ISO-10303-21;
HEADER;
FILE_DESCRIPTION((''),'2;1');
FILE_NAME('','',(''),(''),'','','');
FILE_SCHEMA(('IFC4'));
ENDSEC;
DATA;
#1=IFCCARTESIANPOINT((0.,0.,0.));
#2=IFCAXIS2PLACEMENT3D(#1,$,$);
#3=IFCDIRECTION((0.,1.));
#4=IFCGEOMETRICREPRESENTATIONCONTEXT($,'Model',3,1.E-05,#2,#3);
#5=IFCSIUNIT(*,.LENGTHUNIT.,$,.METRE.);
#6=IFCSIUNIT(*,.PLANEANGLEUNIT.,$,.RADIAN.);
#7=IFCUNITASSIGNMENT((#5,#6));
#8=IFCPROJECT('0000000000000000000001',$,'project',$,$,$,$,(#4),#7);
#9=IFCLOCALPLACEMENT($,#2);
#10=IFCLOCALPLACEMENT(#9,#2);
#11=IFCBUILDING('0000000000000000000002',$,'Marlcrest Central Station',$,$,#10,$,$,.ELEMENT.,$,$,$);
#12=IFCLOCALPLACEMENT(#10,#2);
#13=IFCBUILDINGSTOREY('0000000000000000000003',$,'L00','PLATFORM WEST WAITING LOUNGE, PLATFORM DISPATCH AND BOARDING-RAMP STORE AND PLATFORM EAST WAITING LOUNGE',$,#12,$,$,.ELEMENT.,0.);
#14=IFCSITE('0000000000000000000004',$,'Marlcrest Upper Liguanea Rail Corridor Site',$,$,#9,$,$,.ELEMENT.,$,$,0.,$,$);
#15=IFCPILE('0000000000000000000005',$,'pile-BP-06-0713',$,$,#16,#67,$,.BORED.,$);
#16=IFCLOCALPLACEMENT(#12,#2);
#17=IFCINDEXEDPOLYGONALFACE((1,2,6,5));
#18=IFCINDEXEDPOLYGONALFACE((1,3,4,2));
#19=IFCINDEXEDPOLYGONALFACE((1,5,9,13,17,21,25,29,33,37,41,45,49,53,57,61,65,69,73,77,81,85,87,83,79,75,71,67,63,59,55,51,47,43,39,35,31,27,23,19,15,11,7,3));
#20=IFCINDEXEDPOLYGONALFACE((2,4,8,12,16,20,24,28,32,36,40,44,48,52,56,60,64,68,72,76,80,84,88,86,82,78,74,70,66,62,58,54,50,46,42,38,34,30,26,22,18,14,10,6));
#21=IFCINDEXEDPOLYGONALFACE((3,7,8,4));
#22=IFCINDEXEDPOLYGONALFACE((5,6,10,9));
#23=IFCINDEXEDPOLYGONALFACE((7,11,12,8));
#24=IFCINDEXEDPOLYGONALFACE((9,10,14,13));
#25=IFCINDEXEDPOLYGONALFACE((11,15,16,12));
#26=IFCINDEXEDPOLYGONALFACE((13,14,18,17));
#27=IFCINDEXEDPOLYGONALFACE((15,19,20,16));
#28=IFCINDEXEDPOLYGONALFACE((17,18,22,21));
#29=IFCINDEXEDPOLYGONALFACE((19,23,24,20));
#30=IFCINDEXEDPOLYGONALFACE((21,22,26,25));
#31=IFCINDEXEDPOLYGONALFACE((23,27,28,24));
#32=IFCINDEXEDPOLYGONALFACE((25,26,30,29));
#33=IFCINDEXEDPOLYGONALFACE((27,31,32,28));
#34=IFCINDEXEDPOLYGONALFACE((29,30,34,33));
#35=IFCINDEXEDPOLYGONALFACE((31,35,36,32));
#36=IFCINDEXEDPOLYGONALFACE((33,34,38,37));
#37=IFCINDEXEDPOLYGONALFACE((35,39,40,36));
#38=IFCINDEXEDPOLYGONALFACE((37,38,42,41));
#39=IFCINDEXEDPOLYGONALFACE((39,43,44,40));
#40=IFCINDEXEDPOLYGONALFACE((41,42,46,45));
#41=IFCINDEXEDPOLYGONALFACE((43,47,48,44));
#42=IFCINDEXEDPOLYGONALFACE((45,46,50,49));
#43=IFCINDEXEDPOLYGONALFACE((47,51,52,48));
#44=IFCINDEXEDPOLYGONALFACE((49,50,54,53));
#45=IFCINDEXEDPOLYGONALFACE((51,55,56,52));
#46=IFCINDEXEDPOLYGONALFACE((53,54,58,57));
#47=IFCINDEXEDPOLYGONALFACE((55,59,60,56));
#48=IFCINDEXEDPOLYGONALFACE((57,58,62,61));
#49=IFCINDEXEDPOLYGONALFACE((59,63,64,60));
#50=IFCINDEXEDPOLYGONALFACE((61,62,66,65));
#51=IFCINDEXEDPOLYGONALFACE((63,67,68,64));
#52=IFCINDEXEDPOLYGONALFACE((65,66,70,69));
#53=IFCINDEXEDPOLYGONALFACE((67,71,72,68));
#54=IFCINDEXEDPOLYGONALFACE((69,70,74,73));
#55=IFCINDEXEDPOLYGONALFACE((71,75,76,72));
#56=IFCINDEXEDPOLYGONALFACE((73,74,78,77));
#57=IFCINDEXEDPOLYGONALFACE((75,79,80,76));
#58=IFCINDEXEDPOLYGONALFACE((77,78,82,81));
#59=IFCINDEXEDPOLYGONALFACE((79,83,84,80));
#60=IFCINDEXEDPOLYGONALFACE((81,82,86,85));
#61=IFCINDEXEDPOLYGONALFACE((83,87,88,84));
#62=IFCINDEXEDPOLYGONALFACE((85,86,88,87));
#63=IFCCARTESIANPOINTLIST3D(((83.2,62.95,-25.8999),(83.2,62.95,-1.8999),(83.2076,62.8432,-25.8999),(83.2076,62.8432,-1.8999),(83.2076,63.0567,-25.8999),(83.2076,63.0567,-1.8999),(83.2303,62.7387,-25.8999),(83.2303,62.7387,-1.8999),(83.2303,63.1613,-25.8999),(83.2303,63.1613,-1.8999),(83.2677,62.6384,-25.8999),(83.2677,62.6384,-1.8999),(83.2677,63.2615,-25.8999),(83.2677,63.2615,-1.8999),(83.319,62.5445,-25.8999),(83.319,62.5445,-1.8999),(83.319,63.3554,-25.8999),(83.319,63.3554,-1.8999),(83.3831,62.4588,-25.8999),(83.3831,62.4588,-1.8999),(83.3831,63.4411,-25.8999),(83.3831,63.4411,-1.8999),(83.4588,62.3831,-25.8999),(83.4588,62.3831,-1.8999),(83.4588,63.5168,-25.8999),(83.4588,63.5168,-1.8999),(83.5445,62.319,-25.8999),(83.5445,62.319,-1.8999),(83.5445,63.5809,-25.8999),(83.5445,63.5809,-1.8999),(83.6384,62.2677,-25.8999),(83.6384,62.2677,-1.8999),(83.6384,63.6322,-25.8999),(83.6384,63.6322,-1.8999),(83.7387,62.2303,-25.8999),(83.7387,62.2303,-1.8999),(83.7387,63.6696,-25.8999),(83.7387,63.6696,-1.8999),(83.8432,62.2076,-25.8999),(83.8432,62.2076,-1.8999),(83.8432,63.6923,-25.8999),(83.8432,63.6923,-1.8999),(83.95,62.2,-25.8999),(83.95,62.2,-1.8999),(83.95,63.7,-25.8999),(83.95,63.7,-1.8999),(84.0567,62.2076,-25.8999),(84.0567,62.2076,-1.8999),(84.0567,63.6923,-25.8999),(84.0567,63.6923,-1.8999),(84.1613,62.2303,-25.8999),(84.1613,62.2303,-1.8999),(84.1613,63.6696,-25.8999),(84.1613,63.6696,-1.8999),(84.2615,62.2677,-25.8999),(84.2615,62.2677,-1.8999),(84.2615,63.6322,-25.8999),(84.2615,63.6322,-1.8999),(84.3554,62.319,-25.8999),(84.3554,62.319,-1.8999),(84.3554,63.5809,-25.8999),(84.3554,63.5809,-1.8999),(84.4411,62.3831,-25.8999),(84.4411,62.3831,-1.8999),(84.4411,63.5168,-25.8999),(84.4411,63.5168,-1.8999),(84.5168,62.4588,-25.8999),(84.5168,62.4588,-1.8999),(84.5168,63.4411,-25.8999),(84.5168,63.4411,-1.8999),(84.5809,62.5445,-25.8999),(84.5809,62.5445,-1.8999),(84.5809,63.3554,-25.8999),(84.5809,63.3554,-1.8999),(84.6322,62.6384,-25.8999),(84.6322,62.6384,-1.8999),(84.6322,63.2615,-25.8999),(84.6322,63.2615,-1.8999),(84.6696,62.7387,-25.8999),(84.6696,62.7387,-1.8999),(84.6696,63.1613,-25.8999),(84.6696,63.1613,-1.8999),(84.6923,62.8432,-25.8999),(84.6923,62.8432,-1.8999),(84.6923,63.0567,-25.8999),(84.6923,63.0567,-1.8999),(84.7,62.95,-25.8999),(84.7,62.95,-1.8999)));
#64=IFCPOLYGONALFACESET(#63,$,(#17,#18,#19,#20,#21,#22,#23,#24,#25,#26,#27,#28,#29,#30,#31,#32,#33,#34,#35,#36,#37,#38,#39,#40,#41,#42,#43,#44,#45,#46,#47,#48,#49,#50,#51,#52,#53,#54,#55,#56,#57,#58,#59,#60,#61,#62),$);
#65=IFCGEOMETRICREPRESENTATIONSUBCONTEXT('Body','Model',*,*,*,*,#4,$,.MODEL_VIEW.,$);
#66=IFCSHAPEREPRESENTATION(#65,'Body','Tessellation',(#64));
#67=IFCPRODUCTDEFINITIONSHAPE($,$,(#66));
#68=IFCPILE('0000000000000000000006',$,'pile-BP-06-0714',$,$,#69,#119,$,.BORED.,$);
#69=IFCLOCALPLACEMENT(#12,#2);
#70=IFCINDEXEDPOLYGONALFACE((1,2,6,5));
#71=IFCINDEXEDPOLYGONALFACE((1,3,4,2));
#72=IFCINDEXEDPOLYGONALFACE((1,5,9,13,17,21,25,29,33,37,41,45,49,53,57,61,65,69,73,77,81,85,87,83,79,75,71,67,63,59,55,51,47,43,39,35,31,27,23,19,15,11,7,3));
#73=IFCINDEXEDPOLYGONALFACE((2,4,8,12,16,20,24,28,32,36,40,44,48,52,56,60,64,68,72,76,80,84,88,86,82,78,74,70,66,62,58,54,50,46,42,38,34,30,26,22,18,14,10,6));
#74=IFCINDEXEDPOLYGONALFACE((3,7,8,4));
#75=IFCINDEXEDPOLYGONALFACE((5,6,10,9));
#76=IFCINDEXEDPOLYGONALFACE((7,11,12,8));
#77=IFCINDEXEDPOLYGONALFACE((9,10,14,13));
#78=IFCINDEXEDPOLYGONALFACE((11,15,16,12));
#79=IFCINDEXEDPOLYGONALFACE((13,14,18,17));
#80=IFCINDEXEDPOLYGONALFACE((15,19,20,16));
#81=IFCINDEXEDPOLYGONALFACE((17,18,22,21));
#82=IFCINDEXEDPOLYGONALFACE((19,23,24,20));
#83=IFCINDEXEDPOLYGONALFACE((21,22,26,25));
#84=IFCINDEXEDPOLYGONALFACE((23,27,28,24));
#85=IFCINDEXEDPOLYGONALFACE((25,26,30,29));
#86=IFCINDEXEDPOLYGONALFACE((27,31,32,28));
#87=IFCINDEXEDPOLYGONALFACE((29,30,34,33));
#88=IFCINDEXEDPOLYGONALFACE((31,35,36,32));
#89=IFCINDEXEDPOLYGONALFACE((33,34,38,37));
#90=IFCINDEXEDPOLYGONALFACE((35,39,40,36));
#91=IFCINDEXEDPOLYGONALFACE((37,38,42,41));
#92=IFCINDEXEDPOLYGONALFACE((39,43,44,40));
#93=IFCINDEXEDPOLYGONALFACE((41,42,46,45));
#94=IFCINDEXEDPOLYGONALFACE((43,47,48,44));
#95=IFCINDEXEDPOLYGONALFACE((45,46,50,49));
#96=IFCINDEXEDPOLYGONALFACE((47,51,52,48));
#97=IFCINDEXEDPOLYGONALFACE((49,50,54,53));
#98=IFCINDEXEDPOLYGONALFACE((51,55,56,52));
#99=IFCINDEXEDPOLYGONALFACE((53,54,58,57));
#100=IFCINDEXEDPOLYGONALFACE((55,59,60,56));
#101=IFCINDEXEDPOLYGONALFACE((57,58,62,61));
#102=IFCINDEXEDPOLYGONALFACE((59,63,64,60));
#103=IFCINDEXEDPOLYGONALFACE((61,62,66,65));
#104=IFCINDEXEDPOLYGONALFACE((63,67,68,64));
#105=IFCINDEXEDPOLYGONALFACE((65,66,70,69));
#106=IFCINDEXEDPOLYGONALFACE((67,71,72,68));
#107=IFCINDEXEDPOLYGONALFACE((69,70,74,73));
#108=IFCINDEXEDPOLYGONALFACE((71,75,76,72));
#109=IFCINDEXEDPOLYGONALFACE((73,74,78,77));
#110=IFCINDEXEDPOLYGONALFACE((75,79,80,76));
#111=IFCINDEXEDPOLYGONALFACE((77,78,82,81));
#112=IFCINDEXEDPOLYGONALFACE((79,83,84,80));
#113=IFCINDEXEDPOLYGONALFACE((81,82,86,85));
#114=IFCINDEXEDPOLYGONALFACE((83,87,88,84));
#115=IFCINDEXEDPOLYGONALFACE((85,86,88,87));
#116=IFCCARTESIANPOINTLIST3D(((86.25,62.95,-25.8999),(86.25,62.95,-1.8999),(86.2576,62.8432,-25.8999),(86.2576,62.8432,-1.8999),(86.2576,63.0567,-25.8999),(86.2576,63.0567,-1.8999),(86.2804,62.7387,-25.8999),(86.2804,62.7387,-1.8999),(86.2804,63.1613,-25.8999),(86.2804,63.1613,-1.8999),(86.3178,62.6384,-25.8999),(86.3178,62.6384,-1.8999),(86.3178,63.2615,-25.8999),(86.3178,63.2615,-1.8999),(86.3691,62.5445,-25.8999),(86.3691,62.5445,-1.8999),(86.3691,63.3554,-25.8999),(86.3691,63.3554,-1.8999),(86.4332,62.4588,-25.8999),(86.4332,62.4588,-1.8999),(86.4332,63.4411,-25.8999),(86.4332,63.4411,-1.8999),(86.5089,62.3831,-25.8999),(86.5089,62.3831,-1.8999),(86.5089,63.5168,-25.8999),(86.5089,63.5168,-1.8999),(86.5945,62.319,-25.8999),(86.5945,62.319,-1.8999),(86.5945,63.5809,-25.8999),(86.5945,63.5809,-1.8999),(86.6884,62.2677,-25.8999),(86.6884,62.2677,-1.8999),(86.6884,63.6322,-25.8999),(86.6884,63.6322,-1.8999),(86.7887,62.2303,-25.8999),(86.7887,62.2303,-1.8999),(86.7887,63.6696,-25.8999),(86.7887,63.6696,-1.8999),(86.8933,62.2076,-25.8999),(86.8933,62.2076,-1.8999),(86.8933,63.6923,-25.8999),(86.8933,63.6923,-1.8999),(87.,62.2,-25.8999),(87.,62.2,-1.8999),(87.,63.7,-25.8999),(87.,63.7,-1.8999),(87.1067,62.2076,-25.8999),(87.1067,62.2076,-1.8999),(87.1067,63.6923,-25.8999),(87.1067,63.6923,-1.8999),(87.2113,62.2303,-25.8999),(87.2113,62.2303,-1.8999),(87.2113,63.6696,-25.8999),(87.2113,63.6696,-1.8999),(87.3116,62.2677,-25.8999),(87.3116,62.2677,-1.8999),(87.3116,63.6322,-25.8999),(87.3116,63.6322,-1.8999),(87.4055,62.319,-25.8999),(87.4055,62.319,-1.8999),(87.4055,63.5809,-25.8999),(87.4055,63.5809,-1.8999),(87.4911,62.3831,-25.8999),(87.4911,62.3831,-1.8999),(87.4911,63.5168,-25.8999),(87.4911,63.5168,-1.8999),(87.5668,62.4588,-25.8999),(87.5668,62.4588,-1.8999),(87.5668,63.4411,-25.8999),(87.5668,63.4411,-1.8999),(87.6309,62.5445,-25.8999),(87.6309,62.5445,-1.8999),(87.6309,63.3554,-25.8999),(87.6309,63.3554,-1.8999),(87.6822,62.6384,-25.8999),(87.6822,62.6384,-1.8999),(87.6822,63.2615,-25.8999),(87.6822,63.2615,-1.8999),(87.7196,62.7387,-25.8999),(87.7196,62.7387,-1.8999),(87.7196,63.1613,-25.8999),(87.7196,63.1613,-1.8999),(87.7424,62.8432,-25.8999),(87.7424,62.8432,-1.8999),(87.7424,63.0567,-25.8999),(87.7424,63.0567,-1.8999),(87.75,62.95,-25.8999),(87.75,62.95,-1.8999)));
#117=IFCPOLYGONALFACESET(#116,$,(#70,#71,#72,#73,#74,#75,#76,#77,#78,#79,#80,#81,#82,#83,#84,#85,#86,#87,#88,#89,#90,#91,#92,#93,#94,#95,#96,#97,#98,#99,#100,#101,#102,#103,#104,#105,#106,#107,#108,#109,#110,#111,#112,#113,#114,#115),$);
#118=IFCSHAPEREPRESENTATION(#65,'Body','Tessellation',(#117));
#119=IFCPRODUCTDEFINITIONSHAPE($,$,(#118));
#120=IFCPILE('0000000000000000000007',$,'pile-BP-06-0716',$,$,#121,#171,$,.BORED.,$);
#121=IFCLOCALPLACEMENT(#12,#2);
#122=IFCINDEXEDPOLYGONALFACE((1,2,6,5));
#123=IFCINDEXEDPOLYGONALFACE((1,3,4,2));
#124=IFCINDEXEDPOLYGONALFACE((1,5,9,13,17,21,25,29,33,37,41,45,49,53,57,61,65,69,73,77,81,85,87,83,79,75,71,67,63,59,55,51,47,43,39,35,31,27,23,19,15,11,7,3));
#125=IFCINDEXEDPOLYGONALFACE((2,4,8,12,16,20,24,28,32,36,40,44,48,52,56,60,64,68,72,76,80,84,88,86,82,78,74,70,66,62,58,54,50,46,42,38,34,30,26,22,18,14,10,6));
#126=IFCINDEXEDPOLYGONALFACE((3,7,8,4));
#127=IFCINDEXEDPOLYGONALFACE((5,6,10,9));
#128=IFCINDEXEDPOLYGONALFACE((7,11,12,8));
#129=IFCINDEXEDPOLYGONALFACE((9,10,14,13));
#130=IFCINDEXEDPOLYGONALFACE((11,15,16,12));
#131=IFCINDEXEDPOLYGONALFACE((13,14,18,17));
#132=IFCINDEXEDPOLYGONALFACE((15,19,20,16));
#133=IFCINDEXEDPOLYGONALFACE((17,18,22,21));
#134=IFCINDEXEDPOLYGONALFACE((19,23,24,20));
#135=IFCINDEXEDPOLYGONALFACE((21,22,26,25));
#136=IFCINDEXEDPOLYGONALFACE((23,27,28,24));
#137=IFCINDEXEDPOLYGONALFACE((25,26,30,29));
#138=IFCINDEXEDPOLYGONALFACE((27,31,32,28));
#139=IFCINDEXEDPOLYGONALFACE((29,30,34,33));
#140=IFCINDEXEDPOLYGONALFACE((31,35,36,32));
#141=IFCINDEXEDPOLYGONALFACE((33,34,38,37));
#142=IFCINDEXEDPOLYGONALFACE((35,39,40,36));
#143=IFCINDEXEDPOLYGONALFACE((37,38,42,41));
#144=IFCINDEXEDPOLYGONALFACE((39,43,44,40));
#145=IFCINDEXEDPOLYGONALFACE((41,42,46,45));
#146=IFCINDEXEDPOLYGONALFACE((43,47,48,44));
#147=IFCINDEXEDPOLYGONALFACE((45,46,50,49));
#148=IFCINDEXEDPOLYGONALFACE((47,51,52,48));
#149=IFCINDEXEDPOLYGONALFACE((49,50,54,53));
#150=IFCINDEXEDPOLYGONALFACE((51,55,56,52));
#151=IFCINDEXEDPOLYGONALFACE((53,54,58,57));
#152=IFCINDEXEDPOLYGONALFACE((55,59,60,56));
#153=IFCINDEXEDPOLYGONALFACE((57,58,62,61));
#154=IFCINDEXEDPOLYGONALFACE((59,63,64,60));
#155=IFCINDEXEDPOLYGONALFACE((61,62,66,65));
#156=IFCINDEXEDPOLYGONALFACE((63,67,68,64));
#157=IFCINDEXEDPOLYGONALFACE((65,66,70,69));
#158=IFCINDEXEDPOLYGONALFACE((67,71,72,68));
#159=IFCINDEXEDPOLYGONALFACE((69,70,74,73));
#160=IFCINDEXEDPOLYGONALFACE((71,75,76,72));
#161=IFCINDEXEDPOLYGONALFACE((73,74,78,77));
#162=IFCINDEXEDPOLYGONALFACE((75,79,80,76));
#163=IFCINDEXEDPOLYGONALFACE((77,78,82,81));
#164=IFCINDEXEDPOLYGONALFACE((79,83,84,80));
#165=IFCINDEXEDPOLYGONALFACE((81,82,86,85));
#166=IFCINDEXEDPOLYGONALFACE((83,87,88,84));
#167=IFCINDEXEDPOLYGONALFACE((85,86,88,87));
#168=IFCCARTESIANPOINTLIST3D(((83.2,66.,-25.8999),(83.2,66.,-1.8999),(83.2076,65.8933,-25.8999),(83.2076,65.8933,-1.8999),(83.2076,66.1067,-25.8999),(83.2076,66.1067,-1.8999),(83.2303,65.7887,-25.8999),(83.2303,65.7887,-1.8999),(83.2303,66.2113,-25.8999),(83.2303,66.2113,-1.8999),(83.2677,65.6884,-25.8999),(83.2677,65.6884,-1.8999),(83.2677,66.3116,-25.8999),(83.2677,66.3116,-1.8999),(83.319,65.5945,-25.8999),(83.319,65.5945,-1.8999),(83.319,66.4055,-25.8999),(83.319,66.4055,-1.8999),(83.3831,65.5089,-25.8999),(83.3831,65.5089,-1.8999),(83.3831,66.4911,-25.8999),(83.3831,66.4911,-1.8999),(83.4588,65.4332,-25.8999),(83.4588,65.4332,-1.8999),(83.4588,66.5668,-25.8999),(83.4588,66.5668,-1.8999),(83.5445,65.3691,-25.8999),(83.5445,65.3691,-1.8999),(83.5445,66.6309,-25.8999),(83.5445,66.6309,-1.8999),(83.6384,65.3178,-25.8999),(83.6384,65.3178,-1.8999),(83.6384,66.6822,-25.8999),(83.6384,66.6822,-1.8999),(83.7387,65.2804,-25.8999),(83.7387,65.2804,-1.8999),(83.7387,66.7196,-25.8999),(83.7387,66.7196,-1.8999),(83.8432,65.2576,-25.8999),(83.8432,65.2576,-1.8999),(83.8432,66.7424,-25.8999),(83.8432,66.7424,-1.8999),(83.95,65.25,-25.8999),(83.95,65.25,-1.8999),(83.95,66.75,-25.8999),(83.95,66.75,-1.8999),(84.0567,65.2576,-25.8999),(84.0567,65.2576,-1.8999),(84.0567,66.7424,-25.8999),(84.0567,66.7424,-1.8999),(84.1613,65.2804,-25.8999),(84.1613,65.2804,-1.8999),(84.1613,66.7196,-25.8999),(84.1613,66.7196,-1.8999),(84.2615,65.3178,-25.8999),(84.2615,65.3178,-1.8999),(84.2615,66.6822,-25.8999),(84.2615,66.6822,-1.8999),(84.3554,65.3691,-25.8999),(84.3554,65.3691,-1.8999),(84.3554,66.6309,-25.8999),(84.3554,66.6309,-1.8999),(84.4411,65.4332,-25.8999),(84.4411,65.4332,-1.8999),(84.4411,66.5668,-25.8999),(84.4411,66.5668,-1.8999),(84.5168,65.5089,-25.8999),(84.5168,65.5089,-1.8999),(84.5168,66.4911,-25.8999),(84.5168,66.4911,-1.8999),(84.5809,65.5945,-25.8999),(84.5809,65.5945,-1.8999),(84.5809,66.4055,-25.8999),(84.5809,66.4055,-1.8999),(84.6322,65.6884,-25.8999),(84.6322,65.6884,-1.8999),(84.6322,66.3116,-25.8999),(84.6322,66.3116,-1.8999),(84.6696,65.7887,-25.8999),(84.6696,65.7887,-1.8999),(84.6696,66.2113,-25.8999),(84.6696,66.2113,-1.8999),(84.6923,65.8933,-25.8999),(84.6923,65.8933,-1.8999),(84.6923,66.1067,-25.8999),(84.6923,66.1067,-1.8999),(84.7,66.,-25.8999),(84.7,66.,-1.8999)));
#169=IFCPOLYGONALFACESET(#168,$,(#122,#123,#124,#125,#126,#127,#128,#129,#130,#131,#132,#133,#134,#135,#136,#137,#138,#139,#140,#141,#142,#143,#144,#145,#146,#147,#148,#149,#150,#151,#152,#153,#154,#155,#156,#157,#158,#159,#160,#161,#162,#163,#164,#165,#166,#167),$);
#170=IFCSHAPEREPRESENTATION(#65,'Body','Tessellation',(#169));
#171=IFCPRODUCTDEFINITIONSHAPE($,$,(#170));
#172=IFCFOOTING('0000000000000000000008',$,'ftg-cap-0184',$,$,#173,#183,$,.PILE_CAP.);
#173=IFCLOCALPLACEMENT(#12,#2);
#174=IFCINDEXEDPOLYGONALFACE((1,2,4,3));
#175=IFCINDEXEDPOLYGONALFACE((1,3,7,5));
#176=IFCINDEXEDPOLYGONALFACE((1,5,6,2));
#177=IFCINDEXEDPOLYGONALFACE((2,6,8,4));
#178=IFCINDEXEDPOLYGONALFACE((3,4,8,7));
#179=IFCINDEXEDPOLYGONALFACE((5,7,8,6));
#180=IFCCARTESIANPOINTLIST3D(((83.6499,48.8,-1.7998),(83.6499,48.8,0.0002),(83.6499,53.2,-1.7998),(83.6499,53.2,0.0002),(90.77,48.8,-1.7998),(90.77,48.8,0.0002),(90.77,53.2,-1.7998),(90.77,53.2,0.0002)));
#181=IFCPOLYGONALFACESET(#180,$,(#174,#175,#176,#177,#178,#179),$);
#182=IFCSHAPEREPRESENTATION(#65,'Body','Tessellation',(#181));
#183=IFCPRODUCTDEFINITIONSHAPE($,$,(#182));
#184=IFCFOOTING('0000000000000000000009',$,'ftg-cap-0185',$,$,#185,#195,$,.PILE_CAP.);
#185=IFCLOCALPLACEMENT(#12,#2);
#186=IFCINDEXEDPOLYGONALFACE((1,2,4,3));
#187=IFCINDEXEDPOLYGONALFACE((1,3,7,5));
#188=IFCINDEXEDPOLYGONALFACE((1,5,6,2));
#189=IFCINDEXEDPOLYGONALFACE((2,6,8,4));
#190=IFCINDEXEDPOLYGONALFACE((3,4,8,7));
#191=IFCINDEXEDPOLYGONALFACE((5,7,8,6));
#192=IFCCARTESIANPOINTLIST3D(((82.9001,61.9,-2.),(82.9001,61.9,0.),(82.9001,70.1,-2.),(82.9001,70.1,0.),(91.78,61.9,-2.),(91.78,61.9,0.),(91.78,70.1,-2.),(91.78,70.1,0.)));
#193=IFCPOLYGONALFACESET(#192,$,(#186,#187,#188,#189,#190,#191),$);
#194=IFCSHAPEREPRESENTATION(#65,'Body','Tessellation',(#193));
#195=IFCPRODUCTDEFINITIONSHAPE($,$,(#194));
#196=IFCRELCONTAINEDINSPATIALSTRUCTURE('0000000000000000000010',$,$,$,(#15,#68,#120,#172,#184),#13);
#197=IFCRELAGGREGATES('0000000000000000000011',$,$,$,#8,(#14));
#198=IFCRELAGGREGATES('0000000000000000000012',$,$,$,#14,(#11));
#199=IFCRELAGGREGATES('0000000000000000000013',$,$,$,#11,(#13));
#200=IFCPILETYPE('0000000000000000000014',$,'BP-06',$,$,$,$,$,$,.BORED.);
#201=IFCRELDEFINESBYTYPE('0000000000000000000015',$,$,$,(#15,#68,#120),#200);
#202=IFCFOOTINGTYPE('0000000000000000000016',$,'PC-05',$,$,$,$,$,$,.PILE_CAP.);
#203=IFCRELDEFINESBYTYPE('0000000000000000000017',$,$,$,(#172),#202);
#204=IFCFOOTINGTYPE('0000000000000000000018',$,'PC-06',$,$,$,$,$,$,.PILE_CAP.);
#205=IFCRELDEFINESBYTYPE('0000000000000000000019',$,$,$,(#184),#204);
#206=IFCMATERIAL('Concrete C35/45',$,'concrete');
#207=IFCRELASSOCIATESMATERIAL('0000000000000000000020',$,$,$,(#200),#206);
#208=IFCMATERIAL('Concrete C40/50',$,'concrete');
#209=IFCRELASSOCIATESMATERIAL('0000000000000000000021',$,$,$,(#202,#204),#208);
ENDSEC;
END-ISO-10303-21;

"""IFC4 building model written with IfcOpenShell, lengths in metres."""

from ifc_helpers import new_model, si_unit, direction, frame, origin, origin_2d, place, context, subcontext, project, spatial, rectangle, circle, extrude, material, material_profile, profile_set, type_object, element, save


model = new_model("IFC4")

# Units and contexts
model_context = context("Model", 3, precision=1e-05, world=origin(), true_north=direction((0.0, 1.0)))
body_context = subcontext(model_context, "Body", "Model", "MODEL_VIEW")
ifc_project = project(units=[si_unit("LENGTHUNIT", "METRE"), si_unit("PLANEANGLEUNIT", "RADIAN")], contexts=[model_context])

# Site, building, storey
site_placement = place(None, origin())
site = spatial("IfcSite", under=ifc_project, at=site_placement, Name="Marlcrest Upper Liguanea Rail Corridor Site", CompositionType="ELEMENT", RefElevation=0.0)
building_placement = place(site_placement, origin())
building = spatial("IfcBuilding", under=site, at=building_placement, Name="Marlcrest Central Station", CompositionType="ELEMENT")
storey_placement = place(building_placement, origin())
storey = spatial("IfcBuildingStorey", under=building, at=storey_placement, Name="L00", Description="PLATFORM WEST WAITING LOUNGE, PLATFORM DISPATCH AND BOARDING-RAMP STORE AND PLATFORM EAST WAITING LOUNGE", CompositionType="ELEMENT", Elevation=0.0)

# Piles
ifc_material_1 = material(Name="Concrete C35/45", Category="concrete")
ifc_material_profile_1 = material_profile(ifc_material_1, circle(Radius=0.75, at=origin_2d()), Name="PILE D1500")
ifc_profile_set_1 = profile_set([ifc_material_profile_1], Name="Concrete C35/45")
pile_type_1 = type_object("IfcPileType", Name="BP-06", PredefinedType="BORED", material=ifc_profile_set_1)
for number, where, z_axis, x_axis, name in (
    (1, (83.95, 62.95, -1.8999), (0.0, 0.0, -1.0), (1.0, 0.0, 0.0), "pile-BP-06-0713"),
    (2, (87.0, 62.95, -1.8999), (0.0, 0.0, -1.0), (1.0, 0.0, 0.0), "pile-BP-06-0714"),
    (3, (83.95, 66.0, -1.8999), (0.0, 0.0, -1.0), (1.0, 0.0, 0.0), "pile-BP-06-0716"),
):
    element("IfcPile", number, at=place(storey_placement, frame(where, z_axis=z_axis, x_axis=x_axis)), inside=storey, type_object=pile_type_1, Name=name, PredefinedType="BORED", context=body_context, shape_type="SweptSolid", body=[
        extrude(circle(Radius=0.75, at=origin_2d()), origin(), (0.0, 0.0, 1.0), 24.0),
    ])

# Footings
ifc_material_2 = material(Name="Concrete C40/50", Category="concrete")
footing_type_1 = type_object("IfcFootingType", Name="PC-05", PredefinedType="PILE_CAP", material=ifc_material_2)
footing_1_placement = place(storey_placement, frame((87.21, 51.0, -1.7998), z_axis=(0.0, 0.0, 1.0), x_axis=(1.0, 0.0, 0.0)))
element("IfcFooting", 4, at=footing_1_placement, inside=storey, type_object=footing_type_1, Name="ftg-cap-0184", PredefinedType="PILE_CAP", context=body_context, shape_type="SweptSolid", body=[
    extrude(rectangle(XDim=7.1201, YDim=4.3999, at=origin_2d()), origin(), (0.0, 0.0, 1.0), 1.8),
])
footing_type_2 = type_object("IfcFootingType", Name="PC-06", PredefinedType="PILE_CAP", material=ifc_material_2)
footing_2_placement = place(storey_placement, frame((87.3401, 66.0, -2.0), z_axis=(0.0, 0.0, 1.0), x_axis=(1.0, 0.0, 0.0)))
element("IfcFooting", 5, at=footing_2_placement, inside=storey, type_object=footing_type_2, Name="ftg-cap-0185", PredefinedType="PILE_CAP", context=body_context, shape_type="SweptSolid", body=[
    extrude(rectangle(XDim=8.8799, YDim=8.2, at=origin_2d()), origin(), (0.0, 0.0, 1.0), 2.0),
])

save(model, "model.ifc")
